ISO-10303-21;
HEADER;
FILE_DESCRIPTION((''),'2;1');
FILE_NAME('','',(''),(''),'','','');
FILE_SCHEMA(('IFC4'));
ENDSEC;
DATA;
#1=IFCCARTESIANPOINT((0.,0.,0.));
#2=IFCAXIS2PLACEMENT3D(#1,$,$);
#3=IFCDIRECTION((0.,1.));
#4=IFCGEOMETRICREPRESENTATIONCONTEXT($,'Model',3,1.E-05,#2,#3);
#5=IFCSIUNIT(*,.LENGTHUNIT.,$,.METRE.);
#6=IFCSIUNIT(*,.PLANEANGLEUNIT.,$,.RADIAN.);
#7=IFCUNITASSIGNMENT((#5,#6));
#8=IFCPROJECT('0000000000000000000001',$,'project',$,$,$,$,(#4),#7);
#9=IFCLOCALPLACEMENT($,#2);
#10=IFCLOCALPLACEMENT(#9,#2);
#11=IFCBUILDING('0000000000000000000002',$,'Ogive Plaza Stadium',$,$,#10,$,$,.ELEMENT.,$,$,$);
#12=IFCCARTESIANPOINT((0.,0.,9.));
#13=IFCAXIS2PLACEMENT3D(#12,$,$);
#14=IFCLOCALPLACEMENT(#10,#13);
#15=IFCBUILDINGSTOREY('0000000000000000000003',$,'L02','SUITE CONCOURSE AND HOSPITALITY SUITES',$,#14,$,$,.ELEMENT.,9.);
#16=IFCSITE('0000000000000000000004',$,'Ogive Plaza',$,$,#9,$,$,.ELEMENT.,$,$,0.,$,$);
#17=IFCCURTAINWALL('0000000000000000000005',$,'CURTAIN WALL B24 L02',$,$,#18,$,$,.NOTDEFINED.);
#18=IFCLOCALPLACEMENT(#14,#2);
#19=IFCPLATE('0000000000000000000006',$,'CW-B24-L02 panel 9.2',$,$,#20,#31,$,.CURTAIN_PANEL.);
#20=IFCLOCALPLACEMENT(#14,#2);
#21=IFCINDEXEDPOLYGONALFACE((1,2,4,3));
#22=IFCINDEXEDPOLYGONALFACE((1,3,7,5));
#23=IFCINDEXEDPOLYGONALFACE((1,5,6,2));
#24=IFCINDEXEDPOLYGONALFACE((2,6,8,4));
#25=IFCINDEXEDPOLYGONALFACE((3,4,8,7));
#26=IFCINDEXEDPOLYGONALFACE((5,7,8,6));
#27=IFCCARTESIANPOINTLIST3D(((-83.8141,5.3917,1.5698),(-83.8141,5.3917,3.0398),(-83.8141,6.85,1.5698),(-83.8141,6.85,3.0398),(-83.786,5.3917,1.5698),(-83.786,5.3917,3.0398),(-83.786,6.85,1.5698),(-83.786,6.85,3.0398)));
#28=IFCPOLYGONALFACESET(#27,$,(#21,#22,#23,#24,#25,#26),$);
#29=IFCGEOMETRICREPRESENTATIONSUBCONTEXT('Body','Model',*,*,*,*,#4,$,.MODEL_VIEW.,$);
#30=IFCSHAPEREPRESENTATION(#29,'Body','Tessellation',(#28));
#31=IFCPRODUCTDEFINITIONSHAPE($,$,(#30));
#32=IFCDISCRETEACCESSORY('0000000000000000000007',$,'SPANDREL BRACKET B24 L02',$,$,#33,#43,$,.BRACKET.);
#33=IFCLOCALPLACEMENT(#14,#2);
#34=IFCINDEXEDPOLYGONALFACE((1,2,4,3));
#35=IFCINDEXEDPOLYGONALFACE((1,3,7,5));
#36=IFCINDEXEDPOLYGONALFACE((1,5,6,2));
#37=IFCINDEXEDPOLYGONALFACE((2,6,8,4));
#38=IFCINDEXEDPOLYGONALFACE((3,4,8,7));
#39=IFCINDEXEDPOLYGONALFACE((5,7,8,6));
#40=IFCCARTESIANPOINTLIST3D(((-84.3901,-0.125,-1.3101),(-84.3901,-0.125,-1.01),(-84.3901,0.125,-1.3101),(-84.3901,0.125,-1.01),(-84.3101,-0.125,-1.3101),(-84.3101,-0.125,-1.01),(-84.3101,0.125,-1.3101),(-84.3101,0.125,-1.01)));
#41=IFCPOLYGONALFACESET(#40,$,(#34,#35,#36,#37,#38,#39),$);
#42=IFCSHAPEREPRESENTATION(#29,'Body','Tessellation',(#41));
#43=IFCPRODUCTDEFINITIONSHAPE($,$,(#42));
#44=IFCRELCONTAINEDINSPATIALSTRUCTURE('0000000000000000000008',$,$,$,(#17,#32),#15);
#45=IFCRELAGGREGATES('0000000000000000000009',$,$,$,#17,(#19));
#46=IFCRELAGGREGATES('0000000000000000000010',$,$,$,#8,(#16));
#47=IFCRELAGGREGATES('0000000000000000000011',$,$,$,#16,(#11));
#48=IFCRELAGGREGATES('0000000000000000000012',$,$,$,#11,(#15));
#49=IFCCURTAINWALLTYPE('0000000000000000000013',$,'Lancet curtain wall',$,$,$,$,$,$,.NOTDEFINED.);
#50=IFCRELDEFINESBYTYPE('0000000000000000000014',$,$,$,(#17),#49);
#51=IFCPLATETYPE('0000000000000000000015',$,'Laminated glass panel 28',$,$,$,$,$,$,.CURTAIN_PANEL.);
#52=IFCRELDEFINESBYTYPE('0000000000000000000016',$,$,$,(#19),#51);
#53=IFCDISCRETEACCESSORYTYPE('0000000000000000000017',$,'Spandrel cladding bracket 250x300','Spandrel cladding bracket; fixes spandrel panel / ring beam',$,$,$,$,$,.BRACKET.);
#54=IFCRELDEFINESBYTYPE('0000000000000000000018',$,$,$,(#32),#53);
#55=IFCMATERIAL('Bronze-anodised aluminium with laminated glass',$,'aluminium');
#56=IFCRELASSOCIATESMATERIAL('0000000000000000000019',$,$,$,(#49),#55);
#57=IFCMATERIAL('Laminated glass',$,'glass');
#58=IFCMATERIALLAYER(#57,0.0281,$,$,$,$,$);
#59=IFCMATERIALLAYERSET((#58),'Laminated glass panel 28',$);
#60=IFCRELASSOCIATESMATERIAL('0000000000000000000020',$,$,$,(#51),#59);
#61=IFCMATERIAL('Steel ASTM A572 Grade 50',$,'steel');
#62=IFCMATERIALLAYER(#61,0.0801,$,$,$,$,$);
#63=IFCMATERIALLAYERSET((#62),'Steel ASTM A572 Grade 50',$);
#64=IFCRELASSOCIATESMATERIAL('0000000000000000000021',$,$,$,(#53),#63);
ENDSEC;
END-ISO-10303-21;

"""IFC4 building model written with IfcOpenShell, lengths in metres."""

from ifc_helpers import new_model, si_unit, direction, frame, origin, origin_2d, place, context, subcontext, project, spatial, rectangle, extrude, material, layer, layer_set, type_object, element, aggregate, save


model = new_model("IFC4")

# Units and contexts
model_context = context("Model", 3, precision=1e-05, world=origin(), true_north=direction((0.0, 1.0)))
body_context = subcontext(model_context, "Body", "Model", "MODEL_VIEW")
ifc_project = project(units=[si_unit("LENGTHUNIT", "METRE"), si_unit("PLANEANGLEUNIT", "RADIAN")], contexts=[model_context])

# Site, building, storey
site_placement = place(None, origin())
site = spatial("IfcSite", under=ifc_project, at=site_placement, Name="Ogive Plaza", CompositionType="ELEMENT", RefElevation=0.0)
building_placement = place(site_placement, origin())
building = spatial("IfcBuilding", under=site, at=building_placement, Name="Ogive Plaza Stadium", CompositionType="ELEMENT")
storey_placement = place(building_placement, frame((0.0, 0.0, 9.0)))
storey = spatial("IfcBuildingStorey", under=building, at=storey_placement, Name="L02", Description="SUITE CONCOURSE AND HOSPITALITY SUITES", CompositionType="ELEMENT", Elevation=9.0)

# Curtain wall
ifc_material_1 = material(Name="Bronze-anodised aluminium with laminated glass", Category="aluminium")
curtain_wall_type = type_object("IfcCurtainWallType", Name="Lancet curtain wall", PredefinedType="NOTDEFINED", material=ifc_material_1)
curtain_wall_1_placement = place(storey_placement, origin())
curtain_wall_1 = element("IfcCurtainWall", 1, at=curtain_wall_1_placement, inside=storey, type_object=curtain_wall_type, Name="CURTAIN WALL B24 L02", PredefinedType="NOTDEFINED")

# Plate
ifc_material_2 = material(Name="Laminated glass", Category="glass")
ifc_layer_1 = layer(ifc_material_2, 0.0281)
ifc_layer_set_1 = layer_set([ifc_layer_1], Name="Laminated glass panel 28")
plate_type = type_object("IfcPlateType", Name="Laminated glass panel 28", PredefinedType="CURTAIN_PANEL", material=ifc_layer_set_1)
plate_1_placement = place(storey_placement, frame((-83.8, 6.1208, 1.5698), z_axis=(0.0, 0.0, 1.0), x_axis=(0.0, 1.0, 0.0)))
plate_1 = element("IfcPlate", 2, at=plate_1_placement, type_object=plate_type, Name="CW-B24-L02 panel 9.2", PredefinedType="CURTAIN_PANEL", context=body_context, shape_type="SweptSolid", body=[
    extrude(rectangle(XDim=1.4583, YDim=0.0281, at=origin_2d()), origin(), (0.0, 0.0, 1.0), 1.47),
])
aggregate(curtain_wall_1, [plate_1])

# Discrete accessory
ifc_material_3 = material(Name="Steel ASTM A572 Grade 50", Category="steel")
ifc_layer_2 = layer(ifc_material_3, 0.0801)
ifc_layer_set_2 = layer_set([ifc_layer_2], Name="Steel ASTM A572 Grade 50")
discrete_accessory_type = type_object("IfcDiscreteAccessoryType", Name="Spandrel cladding bracket 250x300", Description="Spandrel cladding bracket; fixes spandrel panel / ring beam", PredefinedType="BRACKET", material=ifc_layer_set_2)
discrete_accessory_placement = place(storey_placement, frame((-84.3501, 0.0, -1.3101), z_axis=(0.0, 0.0, 1.0), x_axis=(0.0, 1.0, 0.0)))
element("IfcDiscreteAccessory", 3, at=discrete_accessory_placement, inside=storey, type_object=discrete_accessory_type, Name="SPANDREL BRACKET B24 L02", PredefinedType="BRACKET", context=body_context, shape_type="SweptSolid", body=[
    extrude(rectangle(XDim=0.25, YDim=0.0801, at=origin_2d()), origin(), (0.0, 0.0, 1.0), 0.3),
])

save(model, "model.ifc")
